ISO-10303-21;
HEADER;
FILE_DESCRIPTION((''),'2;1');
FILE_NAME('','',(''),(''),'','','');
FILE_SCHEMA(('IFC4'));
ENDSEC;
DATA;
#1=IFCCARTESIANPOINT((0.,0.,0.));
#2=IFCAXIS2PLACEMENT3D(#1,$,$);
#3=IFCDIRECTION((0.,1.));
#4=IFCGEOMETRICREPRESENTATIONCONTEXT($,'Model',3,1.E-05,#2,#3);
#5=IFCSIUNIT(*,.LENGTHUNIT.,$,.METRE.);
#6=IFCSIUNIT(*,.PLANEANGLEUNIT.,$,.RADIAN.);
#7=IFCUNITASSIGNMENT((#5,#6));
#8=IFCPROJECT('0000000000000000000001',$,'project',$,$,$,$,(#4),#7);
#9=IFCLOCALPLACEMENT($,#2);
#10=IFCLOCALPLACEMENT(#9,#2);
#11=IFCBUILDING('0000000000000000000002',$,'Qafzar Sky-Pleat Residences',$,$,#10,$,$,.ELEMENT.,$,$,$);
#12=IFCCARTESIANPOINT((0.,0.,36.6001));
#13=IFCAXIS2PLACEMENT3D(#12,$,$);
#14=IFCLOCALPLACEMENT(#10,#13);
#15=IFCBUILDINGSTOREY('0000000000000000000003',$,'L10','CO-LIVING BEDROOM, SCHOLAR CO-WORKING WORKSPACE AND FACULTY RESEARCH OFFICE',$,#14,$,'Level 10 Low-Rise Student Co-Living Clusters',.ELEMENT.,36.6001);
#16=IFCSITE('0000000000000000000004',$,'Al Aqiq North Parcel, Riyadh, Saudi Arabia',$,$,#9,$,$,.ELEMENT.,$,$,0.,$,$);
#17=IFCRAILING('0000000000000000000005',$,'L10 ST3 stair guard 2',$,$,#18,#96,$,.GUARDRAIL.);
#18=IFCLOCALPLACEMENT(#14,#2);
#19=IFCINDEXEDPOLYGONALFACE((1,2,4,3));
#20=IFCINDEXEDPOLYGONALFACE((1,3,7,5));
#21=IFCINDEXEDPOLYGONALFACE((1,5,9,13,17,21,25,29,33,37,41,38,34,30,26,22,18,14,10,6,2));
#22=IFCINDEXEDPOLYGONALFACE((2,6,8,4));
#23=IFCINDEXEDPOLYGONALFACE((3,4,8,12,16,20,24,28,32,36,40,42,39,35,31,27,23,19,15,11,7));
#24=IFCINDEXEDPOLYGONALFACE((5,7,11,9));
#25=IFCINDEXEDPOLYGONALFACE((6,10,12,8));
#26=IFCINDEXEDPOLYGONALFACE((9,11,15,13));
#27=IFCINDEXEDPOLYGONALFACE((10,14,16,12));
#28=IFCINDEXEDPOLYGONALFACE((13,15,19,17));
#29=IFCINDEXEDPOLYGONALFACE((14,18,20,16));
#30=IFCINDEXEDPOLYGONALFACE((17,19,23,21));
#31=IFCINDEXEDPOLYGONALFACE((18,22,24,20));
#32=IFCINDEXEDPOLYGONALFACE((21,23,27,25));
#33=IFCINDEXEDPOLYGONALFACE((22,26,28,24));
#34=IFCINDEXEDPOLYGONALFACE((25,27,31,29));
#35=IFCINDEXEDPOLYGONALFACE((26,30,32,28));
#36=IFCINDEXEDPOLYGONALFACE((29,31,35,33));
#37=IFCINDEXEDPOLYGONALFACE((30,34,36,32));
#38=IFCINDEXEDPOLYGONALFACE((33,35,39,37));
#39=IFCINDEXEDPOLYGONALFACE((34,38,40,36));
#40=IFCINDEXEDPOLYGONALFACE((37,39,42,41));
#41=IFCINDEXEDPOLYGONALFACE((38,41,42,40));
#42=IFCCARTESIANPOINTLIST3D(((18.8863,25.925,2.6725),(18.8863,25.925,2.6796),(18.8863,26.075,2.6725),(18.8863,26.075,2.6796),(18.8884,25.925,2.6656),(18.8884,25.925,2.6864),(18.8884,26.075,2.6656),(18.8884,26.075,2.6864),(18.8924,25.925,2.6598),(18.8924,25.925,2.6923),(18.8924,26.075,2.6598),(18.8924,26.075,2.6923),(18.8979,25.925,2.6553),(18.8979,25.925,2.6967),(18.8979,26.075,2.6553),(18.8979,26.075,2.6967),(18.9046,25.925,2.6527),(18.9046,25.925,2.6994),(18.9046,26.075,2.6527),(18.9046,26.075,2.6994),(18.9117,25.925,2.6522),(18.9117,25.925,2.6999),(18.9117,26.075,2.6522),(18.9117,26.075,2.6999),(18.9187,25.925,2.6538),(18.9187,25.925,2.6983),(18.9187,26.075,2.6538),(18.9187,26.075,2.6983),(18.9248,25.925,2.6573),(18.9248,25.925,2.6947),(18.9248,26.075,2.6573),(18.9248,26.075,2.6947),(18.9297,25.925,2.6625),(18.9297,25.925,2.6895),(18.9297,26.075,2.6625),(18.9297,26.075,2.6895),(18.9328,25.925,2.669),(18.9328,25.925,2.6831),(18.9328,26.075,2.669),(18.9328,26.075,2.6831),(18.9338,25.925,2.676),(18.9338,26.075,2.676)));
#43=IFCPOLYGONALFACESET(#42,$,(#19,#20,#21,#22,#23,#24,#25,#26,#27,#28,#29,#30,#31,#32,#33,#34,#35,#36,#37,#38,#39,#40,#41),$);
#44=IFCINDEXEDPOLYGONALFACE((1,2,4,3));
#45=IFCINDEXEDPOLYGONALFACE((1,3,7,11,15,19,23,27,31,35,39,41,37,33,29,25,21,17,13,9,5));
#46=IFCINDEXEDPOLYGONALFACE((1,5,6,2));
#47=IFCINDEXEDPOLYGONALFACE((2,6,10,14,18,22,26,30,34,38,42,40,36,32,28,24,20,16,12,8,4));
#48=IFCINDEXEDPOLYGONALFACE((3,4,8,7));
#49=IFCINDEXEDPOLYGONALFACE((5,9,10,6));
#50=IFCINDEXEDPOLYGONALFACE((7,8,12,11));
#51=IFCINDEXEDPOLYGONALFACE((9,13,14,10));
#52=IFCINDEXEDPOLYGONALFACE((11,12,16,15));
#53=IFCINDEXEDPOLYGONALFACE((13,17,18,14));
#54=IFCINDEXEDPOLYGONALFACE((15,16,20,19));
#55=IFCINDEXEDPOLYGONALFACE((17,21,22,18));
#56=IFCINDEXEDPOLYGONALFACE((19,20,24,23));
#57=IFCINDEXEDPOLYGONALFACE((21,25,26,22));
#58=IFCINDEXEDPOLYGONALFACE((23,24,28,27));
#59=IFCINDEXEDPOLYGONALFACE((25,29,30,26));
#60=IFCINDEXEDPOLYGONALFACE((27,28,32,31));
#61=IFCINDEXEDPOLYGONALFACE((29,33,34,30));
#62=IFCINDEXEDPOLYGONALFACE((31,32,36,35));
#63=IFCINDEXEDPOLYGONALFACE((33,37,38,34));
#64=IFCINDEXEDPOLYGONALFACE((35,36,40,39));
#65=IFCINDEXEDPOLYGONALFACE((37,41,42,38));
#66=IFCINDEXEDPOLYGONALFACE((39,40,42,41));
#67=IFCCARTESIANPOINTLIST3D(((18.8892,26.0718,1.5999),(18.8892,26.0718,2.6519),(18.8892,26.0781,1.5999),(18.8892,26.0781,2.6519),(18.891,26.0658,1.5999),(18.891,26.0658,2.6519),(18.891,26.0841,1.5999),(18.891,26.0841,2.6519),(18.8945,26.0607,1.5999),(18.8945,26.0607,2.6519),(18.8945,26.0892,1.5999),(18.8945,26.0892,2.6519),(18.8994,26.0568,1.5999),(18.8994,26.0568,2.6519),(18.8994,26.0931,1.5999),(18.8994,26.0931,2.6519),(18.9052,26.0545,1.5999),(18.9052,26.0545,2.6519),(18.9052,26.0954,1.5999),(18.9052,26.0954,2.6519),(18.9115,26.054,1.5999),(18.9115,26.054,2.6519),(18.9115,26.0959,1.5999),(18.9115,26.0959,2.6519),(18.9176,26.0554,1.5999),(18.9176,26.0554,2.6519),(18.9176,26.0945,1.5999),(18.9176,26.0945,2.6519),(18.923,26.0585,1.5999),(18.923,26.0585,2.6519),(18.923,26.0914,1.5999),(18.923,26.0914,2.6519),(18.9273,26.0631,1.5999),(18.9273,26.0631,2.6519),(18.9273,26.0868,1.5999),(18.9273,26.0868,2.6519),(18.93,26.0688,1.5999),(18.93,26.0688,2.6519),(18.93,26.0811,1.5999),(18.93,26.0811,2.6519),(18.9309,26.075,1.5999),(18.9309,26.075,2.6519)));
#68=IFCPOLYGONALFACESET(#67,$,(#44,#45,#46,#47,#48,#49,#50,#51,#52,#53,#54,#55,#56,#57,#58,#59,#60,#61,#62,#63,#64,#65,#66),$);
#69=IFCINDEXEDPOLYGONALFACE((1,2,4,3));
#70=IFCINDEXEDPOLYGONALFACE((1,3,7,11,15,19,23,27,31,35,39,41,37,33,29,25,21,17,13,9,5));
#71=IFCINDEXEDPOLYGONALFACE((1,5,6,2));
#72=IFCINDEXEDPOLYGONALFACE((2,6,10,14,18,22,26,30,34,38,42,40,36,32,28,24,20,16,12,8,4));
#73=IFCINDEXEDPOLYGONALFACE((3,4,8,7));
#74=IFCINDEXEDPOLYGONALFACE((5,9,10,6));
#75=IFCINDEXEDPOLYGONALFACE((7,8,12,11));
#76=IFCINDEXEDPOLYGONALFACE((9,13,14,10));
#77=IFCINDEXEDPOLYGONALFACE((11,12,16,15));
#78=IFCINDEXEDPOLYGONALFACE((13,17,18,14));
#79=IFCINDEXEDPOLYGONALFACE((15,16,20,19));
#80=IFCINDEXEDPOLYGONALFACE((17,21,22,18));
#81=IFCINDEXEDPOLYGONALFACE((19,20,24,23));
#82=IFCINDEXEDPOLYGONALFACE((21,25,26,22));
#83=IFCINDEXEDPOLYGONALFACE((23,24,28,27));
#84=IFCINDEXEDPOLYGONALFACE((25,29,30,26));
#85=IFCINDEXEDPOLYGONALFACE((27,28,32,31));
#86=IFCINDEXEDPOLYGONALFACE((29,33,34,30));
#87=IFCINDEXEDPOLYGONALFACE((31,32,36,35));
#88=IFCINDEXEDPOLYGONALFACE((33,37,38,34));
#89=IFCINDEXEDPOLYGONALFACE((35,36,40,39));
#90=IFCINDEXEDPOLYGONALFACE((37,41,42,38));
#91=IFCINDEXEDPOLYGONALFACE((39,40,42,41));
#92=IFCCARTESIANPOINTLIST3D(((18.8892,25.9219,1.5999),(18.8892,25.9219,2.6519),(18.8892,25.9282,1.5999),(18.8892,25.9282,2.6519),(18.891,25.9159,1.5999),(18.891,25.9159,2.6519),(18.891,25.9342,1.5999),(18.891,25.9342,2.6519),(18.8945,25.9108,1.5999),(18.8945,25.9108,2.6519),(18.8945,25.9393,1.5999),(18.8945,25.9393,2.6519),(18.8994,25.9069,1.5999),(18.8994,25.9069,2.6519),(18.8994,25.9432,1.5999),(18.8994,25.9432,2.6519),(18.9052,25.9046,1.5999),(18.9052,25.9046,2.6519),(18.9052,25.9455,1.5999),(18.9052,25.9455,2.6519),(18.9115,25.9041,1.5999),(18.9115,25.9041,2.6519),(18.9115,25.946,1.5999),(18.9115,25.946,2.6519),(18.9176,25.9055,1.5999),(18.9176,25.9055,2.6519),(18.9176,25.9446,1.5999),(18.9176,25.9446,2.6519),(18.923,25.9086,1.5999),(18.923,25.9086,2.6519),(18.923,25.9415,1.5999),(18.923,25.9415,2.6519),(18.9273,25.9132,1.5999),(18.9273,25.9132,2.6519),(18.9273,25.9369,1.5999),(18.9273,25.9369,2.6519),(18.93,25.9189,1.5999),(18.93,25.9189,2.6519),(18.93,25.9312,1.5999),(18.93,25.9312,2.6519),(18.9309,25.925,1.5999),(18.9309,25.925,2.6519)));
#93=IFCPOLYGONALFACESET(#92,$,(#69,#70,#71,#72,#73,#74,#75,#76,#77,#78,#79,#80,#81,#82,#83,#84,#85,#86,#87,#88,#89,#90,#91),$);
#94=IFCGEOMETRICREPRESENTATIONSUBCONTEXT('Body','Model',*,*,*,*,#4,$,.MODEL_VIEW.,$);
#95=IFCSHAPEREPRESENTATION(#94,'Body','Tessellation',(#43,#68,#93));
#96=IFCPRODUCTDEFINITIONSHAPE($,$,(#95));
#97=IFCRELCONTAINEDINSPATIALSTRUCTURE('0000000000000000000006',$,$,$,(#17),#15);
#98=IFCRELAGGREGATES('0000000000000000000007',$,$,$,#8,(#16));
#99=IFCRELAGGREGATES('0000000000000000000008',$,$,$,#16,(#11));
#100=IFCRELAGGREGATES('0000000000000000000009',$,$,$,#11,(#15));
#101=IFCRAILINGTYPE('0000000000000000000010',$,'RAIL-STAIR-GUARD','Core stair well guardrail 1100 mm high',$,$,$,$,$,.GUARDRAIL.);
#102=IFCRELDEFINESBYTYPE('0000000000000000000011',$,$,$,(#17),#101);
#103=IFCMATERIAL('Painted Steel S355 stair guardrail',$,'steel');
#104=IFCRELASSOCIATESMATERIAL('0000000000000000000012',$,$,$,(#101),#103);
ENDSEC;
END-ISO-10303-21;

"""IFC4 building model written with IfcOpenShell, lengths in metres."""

from ifc_helpers import new_model, si_unit, direction, frame, origin, origin_2d, place, context, subcontext, project, spatial, circle, extrude, source, transform, mapped, material, type_object, element, save


model = new_model("IFC4")

# Units and contexts
model_context = context("Model", 3, precision=1e-05, world=origin(), true_north=direction((0.0, 1.0)))
body_context = subcontext(model_context, "Body", "Model", "MODEL_VIEW")
ifc_project = project(units=[si_unit("LENGTHUNIT", "METRE"), si_unit("PLANEANGLEUNIT", "RADIAN")], contexts=[model_context])

# Site, building, storey
site_placement = place(None, origin())
site = spatial("IfcSite", under=ifc_project, at=site_placement, Name="Al Aqiq North Parcel, Riyadh, Saudi Arabia", CompositionType="ELEMENT", RefElevation=0.0)
building_placement = place(site_placement, origin())
building = spatial("IfcBuilding", under=site, at=building_placement, Name="Qafzar Sky-Pleat Residences", CompositionType="ELEMENT")
storey_placement = place(building_placement, frame((0.0, 0.0, 36.6001)))
storey = spatial("IfcBuildingStorey", under=building, at=storey_placement, Name="L10", Description="CO-LIVING BEDROOM, SCHOLAR CO-WORKING WORKSPACE AND FACULTY RESEARCH OFFICE", LongName="Level 10 Low-Rise Student Co-Living Clusters", CompositionType="ELEMENT", Elevation=36.6001)

# Railing
ifc_material_1 = material(Name="Painted Steel S355 stair guardrail", Category="steel")
railing_type = type_object("IfcRailingType", Name="RAIL-STAIR-GUARD", Description="Core stair well guardrail 1100 mm high", PredefinedType="GUARDRAIL", material=ifc_material_1)
shared_shape_1 = source(origin(), body_context, "Body", "SweptSolid", [
    extrude(circle(Radius=0.0239, at=origin_2d()), frame((0.0, 0.0, 1.0762), z_axis=(0.0, -1.0, 0.0), x_axis=(1.0, 0.0, 0.0)), (0.0, 0.0, 1.0), 0.1499),
    extrude(circle(Radius=0.021, at=origin_2d()), origin(), (0.0, 0.0, 1.0), 1.052),
    extrude(circle(Radius=0.021, at=origin_2d()), frame((0.0, -0.1499, 0.0)), (0.0, 0.0, 1.0), 1.052),
])
railing_1_placement = place(storey_placement, frame((18.9099, 26.075, 1.5999)))
element("IfcRailing", 1, at=railing_1_placement, inside=storey, type_object=railing_type, Name="L10 ST3 stair guard 2", PredefinedType="GUARDRAIL", context=body_context, shape_type="MappedRepresentation", body=[
    mapped(shared_shape_1, transform((0.0, 0.0, 0.0), x_axis=(1.0, 0.0, 0.0), y_axis=(0.0, 1.0, 0.0), z_axis=(0.0, 0.0, 1.0), scale=1.0)),
])

save(model, "model.ifc")
